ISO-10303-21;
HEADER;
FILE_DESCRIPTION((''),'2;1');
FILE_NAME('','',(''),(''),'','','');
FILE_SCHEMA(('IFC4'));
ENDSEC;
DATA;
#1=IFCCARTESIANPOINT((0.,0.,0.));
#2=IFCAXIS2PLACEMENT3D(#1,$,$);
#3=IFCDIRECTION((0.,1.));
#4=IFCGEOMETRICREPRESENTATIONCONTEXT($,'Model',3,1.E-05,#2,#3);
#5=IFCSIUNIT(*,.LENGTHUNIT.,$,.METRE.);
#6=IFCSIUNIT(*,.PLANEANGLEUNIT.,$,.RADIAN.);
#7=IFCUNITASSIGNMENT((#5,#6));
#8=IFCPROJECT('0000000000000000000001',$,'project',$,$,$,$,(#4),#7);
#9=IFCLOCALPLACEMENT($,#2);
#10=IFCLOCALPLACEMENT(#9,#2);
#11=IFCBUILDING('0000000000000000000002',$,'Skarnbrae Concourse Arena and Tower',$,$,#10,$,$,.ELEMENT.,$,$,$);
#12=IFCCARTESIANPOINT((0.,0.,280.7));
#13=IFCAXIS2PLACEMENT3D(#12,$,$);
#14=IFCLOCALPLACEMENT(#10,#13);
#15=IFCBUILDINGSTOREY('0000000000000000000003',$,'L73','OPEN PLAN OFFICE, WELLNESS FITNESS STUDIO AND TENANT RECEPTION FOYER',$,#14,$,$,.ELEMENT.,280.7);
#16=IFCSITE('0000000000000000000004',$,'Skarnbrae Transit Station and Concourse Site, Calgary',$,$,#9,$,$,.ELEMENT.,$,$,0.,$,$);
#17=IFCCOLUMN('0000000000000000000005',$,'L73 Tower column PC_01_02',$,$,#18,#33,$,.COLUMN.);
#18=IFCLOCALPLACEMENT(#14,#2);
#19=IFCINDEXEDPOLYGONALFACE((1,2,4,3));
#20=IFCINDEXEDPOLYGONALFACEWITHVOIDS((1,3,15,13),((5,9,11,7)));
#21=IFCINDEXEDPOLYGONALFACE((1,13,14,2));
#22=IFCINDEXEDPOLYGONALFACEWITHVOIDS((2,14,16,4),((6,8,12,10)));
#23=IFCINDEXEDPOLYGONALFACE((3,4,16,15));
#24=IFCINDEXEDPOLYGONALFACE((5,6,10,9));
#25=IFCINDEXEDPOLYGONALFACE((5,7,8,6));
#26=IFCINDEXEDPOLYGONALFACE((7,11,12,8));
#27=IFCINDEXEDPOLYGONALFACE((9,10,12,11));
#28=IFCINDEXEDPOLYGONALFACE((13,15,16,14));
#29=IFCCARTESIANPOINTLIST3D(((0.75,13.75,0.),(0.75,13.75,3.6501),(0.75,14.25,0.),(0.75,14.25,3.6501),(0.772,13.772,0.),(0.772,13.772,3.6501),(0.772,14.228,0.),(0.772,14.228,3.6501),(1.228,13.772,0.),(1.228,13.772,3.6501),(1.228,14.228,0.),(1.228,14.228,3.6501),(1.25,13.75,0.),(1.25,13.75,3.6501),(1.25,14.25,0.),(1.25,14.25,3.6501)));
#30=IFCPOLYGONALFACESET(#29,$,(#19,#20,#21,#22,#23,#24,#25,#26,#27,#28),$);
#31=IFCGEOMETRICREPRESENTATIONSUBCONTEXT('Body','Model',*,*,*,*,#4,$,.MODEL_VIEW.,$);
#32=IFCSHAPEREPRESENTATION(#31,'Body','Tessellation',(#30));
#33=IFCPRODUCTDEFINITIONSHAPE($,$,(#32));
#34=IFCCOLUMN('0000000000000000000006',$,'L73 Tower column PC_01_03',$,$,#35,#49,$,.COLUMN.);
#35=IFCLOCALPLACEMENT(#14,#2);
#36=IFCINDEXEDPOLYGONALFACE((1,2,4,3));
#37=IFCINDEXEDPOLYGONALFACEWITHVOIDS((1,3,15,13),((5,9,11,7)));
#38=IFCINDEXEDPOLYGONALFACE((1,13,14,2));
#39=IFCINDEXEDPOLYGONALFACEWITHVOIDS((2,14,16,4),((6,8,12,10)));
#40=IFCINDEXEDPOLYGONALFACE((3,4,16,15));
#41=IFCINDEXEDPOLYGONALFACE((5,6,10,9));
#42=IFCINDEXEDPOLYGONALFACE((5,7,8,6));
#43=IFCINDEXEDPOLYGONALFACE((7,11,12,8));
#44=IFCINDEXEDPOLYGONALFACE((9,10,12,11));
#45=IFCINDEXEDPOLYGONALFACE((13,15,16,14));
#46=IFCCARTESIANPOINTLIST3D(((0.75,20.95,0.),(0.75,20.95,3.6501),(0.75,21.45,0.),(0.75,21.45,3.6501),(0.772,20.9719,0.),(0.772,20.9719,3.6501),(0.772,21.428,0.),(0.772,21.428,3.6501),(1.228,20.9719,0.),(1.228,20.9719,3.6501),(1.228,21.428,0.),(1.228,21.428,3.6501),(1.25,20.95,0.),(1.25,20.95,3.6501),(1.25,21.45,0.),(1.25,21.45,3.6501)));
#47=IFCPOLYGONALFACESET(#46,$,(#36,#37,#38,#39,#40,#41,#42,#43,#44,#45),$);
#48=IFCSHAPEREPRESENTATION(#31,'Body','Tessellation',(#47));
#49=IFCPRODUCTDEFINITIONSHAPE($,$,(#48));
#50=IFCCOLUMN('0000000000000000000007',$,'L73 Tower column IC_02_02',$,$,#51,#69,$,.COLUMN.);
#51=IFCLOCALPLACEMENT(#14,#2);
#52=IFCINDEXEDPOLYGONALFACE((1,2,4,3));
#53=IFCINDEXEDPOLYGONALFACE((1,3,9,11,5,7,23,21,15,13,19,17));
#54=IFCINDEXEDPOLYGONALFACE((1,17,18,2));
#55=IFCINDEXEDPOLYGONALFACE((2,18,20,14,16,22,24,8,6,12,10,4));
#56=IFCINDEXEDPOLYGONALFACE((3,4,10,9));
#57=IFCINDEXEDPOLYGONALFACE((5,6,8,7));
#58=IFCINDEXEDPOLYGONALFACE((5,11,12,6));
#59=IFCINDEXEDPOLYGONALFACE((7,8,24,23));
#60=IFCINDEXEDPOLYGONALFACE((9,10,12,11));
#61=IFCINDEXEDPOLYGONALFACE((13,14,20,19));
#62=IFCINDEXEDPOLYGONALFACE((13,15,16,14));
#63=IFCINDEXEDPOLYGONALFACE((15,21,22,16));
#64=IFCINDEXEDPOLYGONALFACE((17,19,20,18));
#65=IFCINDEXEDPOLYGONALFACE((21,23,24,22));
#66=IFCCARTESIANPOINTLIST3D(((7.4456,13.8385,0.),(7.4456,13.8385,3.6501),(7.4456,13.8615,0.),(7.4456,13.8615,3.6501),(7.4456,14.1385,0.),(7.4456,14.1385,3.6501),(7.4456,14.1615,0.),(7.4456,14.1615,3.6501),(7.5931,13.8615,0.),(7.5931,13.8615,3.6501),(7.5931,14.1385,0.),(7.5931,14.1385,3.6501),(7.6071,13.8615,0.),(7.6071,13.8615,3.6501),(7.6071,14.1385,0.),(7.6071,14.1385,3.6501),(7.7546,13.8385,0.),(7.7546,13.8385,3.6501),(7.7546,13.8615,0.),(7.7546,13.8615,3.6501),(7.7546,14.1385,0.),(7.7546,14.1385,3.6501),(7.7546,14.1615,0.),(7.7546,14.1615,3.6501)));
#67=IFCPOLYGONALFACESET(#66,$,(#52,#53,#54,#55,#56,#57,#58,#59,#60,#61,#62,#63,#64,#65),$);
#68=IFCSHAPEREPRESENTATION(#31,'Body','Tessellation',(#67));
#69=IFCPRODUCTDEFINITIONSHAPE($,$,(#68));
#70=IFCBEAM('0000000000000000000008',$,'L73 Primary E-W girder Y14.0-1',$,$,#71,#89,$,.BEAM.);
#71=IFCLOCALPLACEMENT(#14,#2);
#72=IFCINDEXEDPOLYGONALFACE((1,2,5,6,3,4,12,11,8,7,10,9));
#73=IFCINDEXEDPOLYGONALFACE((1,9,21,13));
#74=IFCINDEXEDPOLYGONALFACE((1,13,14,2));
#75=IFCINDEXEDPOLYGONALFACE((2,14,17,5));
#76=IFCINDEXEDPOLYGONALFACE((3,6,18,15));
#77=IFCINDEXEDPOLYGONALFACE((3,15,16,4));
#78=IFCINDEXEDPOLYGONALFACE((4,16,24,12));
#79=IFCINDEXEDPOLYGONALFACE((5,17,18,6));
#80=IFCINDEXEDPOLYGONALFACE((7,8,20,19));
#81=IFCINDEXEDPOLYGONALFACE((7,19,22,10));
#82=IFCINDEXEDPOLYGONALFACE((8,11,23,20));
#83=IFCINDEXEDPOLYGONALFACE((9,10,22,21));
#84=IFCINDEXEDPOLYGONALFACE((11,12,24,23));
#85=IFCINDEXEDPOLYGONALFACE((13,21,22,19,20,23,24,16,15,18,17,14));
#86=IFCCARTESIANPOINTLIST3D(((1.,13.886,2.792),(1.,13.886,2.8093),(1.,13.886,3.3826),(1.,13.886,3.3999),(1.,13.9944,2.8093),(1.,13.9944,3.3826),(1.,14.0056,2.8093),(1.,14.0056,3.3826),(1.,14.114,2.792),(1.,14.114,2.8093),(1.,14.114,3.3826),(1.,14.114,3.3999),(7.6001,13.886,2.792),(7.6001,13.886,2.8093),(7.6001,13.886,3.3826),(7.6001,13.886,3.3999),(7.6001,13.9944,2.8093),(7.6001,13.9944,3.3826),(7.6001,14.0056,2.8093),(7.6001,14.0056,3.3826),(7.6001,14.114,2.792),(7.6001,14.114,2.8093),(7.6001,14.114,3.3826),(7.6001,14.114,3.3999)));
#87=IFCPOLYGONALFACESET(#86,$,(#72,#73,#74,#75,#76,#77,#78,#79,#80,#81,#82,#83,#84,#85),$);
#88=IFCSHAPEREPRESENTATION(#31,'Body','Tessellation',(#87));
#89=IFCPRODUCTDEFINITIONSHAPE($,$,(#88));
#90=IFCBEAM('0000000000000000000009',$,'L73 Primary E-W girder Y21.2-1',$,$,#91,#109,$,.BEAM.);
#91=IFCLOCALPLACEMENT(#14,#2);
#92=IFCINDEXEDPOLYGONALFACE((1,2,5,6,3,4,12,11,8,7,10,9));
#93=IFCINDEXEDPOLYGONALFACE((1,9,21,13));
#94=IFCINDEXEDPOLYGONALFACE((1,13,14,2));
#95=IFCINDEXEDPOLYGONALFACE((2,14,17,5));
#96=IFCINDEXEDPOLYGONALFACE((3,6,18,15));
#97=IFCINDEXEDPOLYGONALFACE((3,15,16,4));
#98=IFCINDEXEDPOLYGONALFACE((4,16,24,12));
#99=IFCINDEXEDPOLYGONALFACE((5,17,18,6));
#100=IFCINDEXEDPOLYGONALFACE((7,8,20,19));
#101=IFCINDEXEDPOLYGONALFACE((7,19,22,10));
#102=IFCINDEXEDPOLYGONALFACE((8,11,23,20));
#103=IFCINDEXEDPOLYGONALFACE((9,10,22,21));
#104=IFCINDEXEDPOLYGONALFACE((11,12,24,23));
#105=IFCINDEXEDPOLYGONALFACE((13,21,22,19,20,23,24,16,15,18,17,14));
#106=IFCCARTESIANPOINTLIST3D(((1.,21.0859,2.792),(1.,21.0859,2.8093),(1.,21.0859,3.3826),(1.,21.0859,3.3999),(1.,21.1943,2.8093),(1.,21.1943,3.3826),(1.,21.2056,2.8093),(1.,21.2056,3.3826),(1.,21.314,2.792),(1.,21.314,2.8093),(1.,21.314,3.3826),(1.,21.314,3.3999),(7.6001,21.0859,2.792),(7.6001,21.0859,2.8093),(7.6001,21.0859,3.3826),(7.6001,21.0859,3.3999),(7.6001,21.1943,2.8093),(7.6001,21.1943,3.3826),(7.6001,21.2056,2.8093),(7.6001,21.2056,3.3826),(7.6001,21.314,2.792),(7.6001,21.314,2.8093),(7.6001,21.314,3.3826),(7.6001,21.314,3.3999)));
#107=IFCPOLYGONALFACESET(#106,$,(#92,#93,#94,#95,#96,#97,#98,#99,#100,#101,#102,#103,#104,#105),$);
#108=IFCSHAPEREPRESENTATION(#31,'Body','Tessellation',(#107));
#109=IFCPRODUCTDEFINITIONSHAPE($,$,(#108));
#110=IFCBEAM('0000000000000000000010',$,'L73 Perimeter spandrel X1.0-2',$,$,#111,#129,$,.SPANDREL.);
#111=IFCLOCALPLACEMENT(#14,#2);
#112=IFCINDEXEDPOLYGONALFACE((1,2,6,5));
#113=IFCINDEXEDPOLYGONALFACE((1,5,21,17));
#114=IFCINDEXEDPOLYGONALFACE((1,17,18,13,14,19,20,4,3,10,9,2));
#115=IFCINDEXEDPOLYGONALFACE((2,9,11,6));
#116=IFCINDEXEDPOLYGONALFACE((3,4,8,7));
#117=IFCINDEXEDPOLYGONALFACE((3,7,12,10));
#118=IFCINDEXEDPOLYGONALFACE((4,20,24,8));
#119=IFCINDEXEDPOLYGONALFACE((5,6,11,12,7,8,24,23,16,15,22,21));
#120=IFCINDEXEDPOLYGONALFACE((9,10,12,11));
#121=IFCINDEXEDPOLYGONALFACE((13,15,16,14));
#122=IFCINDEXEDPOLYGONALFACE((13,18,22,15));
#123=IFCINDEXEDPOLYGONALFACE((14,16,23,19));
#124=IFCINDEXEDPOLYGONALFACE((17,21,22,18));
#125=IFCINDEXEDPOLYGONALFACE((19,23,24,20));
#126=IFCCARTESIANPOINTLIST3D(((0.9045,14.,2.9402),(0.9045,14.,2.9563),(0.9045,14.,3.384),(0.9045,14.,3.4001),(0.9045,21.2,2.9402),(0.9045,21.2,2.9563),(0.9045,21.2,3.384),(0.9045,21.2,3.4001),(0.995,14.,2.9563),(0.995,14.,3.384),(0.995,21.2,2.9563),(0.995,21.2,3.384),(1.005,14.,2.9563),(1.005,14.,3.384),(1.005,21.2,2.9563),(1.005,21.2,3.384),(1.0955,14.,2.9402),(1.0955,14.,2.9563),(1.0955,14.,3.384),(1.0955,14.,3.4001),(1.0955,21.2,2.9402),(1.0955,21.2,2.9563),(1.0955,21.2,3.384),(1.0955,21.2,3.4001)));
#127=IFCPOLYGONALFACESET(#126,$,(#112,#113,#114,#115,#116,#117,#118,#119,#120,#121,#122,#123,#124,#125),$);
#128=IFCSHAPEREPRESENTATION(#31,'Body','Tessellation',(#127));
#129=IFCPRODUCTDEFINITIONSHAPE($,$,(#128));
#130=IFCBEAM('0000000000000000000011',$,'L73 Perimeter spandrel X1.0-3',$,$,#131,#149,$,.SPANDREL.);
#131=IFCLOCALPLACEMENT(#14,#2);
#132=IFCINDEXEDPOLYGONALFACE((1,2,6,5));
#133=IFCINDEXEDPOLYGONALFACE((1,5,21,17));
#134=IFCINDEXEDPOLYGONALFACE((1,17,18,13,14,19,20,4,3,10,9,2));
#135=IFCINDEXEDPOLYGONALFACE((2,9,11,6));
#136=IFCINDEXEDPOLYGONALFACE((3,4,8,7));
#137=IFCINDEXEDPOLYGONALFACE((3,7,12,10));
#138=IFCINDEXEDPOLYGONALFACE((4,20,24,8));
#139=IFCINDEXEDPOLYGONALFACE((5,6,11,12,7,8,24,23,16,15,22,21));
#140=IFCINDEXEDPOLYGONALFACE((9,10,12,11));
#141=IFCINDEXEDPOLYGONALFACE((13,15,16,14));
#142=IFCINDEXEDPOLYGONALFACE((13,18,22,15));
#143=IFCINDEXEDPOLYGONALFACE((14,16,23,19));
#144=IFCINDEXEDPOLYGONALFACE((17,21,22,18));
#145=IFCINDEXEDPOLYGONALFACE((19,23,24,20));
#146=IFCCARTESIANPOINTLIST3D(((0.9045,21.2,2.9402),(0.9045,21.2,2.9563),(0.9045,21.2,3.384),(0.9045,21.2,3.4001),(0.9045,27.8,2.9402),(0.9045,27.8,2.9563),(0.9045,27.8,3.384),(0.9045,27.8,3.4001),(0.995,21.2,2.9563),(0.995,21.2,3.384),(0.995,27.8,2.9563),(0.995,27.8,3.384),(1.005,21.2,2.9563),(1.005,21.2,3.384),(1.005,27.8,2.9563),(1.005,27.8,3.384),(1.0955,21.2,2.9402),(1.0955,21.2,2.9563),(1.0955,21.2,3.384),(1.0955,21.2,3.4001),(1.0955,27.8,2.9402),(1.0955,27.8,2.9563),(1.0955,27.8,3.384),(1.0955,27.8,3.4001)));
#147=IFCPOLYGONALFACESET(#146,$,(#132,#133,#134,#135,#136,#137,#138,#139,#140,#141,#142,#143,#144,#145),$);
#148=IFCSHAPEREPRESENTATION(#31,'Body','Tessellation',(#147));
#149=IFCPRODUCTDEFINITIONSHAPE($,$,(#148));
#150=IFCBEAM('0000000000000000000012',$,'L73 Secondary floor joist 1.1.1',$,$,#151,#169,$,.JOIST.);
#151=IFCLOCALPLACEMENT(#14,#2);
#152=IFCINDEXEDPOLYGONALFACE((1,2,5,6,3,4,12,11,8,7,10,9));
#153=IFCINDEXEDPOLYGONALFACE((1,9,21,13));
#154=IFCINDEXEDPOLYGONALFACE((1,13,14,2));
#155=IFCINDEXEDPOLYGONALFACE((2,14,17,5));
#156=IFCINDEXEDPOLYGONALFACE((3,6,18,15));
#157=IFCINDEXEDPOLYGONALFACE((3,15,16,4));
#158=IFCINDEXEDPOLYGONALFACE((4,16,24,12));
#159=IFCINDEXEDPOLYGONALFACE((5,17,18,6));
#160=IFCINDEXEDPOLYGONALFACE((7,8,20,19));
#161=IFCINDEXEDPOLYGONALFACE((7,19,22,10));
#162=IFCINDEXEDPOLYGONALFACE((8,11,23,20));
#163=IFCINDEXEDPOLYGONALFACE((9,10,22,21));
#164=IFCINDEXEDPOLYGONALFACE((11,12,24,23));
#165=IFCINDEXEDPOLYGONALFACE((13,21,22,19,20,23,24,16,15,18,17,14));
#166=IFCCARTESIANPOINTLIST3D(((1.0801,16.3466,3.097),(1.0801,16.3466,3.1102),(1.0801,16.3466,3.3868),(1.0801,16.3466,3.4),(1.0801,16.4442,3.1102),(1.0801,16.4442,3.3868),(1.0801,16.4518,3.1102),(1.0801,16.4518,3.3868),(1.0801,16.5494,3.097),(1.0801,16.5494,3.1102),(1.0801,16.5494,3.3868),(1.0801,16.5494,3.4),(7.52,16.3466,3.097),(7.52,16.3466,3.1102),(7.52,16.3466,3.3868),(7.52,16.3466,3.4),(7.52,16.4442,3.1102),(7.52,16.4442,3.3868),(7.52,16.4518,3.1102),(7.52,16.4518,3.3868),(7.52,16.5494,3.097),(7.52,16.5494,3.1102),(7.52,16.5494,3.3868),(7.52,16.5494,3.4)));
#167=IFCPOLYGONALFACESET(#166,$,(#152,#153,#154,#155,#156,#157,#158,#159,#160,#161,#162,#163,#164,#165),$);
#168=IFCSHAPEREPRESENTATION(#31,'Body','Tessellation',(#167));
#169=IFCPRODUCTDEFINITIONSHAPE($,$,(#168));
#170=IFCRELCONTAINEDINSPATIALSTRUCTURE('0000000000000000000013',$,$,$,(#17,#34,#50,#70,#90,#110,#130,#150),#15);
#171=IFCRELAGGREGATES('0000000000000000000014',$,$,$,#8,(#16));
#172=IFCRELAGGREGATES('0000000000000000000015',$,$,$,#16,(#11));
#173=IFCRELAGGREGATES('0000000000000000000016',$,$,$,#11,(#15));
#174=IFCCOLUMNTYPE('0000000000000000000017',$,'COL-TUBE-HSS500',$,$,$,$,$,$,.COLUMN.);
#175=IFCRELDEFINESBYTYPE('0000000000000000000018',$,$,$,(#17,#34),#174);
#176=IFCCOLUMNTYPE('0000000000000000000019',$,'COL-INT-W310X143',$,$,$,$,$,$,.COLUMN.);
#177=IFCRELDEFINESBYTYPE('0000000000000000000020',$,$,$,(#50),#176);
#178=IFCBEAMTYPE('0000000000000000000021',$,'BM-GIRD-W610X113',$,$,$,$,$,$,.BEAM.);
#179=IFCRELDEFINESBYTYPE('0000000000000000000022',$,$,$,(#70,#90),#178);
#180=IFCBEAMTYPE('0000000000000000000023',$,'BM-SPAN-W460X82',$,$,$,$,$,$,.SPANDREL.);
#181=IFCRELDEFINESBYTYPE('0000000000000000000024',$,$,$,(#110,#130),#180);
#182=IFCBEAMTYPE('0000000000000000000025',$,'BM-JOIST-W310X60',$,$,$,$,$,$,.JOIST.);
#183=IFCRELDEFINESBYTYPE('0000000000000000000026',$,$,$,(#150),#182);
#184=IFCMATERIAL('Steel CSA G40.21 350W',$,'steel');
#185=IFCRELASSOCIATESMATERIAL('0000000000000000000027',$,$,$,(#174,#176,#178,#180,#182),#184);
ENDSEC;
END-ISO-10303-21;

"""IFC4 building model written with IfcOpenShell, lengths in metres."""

from ifc_helpers import new_model, si_unit, direction, frame, origin, origin_2d, place, context, subcontext, project, spatial, hollow_rectangle, i_section, extrude, source, transform, mapped, material, material_profile, profile_set, type_object, element, save


model = new_model("IFC4")

# Units and contexts
model_context = context("Model", 3, precision=1e-05, world=origin(), true_north=direction((0.0, 1.0)))
body_context = subcontext(model_context, "Body", "Model", "MODEL_VIEW")
ifc_project = project(units=[si_unit("LENGTHUNIT", "METRE"), si_unit("PLANEANGLEUNIT", "RADIAN")], contexts=[model_context])

# Site, building, storey
site_placement = place(None, origin())
site = spatial("IfcSite", under=ifc_project, at=site_placement, Name="Skarnbrae Transit Station and Concourse Site, Calgary", CompositionType="ELEMENT", RefElevation=0.0)
building_placement = place(site_placement, origin())
building = spatial("IfcBuilding", under=site, at=building_placement, Name="Skarnbrae Concourse Arena and Tower", CompositionType="ELEMENT")
storey_placement = place(building_placement, frame((0.0, 0.0, 280.7)))
storey = spatial("IfcBuildingStorey", under=building, at=storey_placement, Name="L73", Description="OPEN PLAN OFFICE, WELLNESS FITNESS STUDIO AND TENANT RECEPTION FOYER", CompositionType="ELEMENT", Elevation=280.7)

# Columns
ifc_material_1 = material(Name="Steel CSA G40.21 350W", Category="steel")
ifc_material_profile_1 = material_profile(ifc_material_1, hollow_rectangle(XDim=0.5, YDim=0.5, WallThickness=0.022, at=origin_2d()), Name="HSS500X500X22.0")
ifc_profile_set_1 = profile_set([ifc_material_profile_1], Name="Steel CSA G40.21 350W")
column_type_1 = type_object("IfcColumnType", Name="COL-TUBE-HSS500", PredefinedType="COLUMN", material=ifc_profile_set_1)
shared_shape_1 = source(origin(), body_context, "Body", "SweptSolid", [
    extrude(hollow_rectangle(XDim=0.5, YDim=0.5, WallThickness=0.022, at=origin_2d()), origin(), (0.0, 0.0, 1.0), 3.6501),
])
for number, where, z_axis, x_axis, name in (
    (1, (1.0, 14.0, 0.0), (0.0, 0.0, 1.0), (1.0, 0.0, 0.0), "L73 Tower column PC_01_02"),
    (2, (1.0, 21.2, 0.0), (0.0, 0.0, 1.0), (1.0, 0.0, 0.0), "L73 Tower column PC_01_03"),
):
    element("IfcColumn", number, at=place(storey_placement, frame(where, z_axis=z_axis, x_axis=x_axis)), inside=storey, type_object=column_type_1, Name=name, PredefinedType="COLUMN", context=body_context, shape_type="MappedRepresentation", body=[
        mapped(shared_shape_1, transform((0.0, 0.0, 0.0))),
    ])
ifc_material_profile_2 = material_profile(ifc_material_1, i_section(OverallWidth=0.3091, OverallDepth=0.323, WebThickness=0.0139, FlangeThickness=0.0229, at=origin_2d()), Name="W310X143")
ifc_profile_set_2 = profile_set([ifc_material_profile_2], Name="Steel CSA G40.21 350W")
column_type_2 = type_object("IfcColumnType", Name="COL-INT-W310X143", PredefinedType="COLUMN", material=ifc_profile_set_2)
shared_shape_2 = source(origin(), body_context, "Body", "SweptSolid", [
    extrude(i_section(OverallWidth=0.3091, OverallDepth=0.323, WebThickness=0.0139, FlangeThickness=0.0229, at=origin_2d()), origin(), (0.0, 0.0, 1.0), 3.6501),
])
column_placement = place(storey_placement, frame((7.6001, 14.0, 0.0), z_axis=(0.0, 0.0, 1.0), x_axis=(1.0, 0.0, 0.0)))
element("IfcColumn", 3, at=column_placement, inside=storey, type_object=column_type_2, Name="L73 Tower column IC_02_02", PredefinedType="COLUMN", context=body_context, shape_type="MappedRepresentation", body=[
    mapped(shared_shape_2, transform((0.0, 0.0, 0.0))),
])

# Beams
ifc_material_profile_3 = material_profile(ifc_material_1, i_section(OverallWidth=0.228, OverallDepth=0.6079, WebThickness=0.0112, FlangeThickness=0.0173, at=origin_2d()), Name="W610X113")
ifc_profile_set_3 = profile_set([ifc_material_profile_3], Name="Steel CSA G40.21 350W")
beam_type_1 = type_object("IfcBeamType", Name="BM-GIRD-W610X113", PredefinedType="BEAM", material=ifc_profile_set_3)
shared_shape_3 = source(origin(), body_context, "Body", "SweptSolid", [
    extrude(i_section(OverallWidth=0.228, OverallDepth=0.6079, WebThickness=0.0112, FlangeThickness=0.0173, at=origin_2d()), origin(), (0.0, 0.0, 1.0), 6.6001),
])
for number, where, z_axis, x_axis, name in (
    (4, (1.0, 14.0, 3.0959), (1.0, 0.0, 0.0), (0.0, 1.0, 0.0), "L73 Primary E-W girder Y14.0-1"),
    (5, (1.0, 21.2, 3.0959), (1.0, 0.0, 0.0), (0.0, 1.0, 0.0), "L73 Primary E-W girder Y21.2-1"),
):
    element("IfcBeam", number, at=place(storey_placement, frame(where, z_axis=z_axis, x_axis=x_axis)), inside=storey, type_object=beam_type_1, Name=name, PredefinedType="BEAM", context=body_context, shape_type="MappedRepresentation", body=[
        mapped(shared_shape_3, transform((0.0, 0.0, 0.0))),
    ])
ifc_material_profile_4 = material_profile(ifc_material_1, i_section(OverallWidth=0.1909, OverallDepth=0.46, WebThickness=0.01, FlangeThickness=0.0161, at=origin_2d()), Name="W460X82")
ifc_profile_set_4 = profile_set([ifc_material_profile_4], Name="Steel CSA G40.21 350W")
beam_type_2 = type_object("IfcBeamType", Name="BM-SPAN-W460X82", PredefinedType="SPANDREL", material=ifc_profile_set_4)
shared_shape_4 = source(origin(), body_context, "Body", "SweptSolid", [
    extrude(i_section(OverallWidth=0.1909, OverallDepth=0.46, WebThickness=0.01, FlangeThickness=0.0161, at=origin_2d()), origin(), (0.0, 0.0, 1.0), 7.2),
])
beam_1_placement = place(storey_placement, frame((1.0, 14.0, 3.1702), z_axis=(0.0, 1.0, 0.0), x_axis=(-1.0, 0.0, 0.0)))
element("IfcBeam", 6, at=beam_1_placement, inside=storey, type_object=beam_type_2, Name="L73 Perimeter spandrel X1.0-2", PredefinedType="SPANDREL", context=body_context, shape_type="MappedRepresentation", body=[
    mapped(shared_shape_4, transform((0.0, 0.0, 0.0))),
])
shared_shape_5 = source(origin(), body_context, "Body", "SweptSolid", [
    extrude(i_section(OverallWidth=0.1909, OverallDepth=0.46, WebThickness=0.01, FlangeThickness=0.0161, at=origin_2d()), origin(), (0.0, 0.0, 1.0), 6.6001),
])
beam_2_placement = place(storey_placement, frame((1.0, 21.2, 3.1702), z_axis=(0.0, 1.0, 0.0), x_axis=(-1.0, 0.0, 0.0)))
element("IfcBeam", 7, at=beam_2_placement, inside=storey, type_object=beam_type_2, Name="L73 Perimeter spandrel X1.0-3", PredefinedType="SPANDREL", context=body_context, shape_type="MappedRepresentation", body=[
    mapped(shared_shape_5, transform((0.0, 0.0, 0.0))),
])
ifc_material_profile_5 = material_profile(ifc_material_1, i_section(OverallWidth=0.2029, OverallDepth=0.303, WebThickness=0.0076, FlangeThickness=0.0132, at=origin_2d()), Name="W310X60")
ifc_profile_set_5 = profile_set([ifc_material_profile_5], Name="Steel CSA G40.21 350W")
beam_type_3 = type_object("IfcBeamType", Name="BM-JOIST-W310X60", PredefinedType="JOIST", material=ifc_profile_set_5)
shared_shape_6 = source(origin(), body_context, "Body", "SweptSolid", [
    extrude(i_section(OverallWidth=0.2029, OverallDepth=0.303, WebThickness=0.0076, FlangeThickness=0.0132, at=origin_2d()), origin(), (0.0, 0.0, 1.0), 6.4399),
])
for number, where, z_axis, x_axis, name in (
    (8, (1.0801, 16.448, 3.2485), (1.0, 0.0, 0.0), (0.0, 1.0, 0.0), "L73 Secondary floor joist 1.1.1"),
):
    element("IfcBeam", number, at=place(storey_placement, frame(where, z_axis=z_axis, x_axis=x_axis)), inside=storey, type_object=beam_type_3, Name=name, PredefinedType="JOIST", context=body_context, shape_type="MappedRepresentation", body=[
        mapped(shared_shape_6, transform((0.0, 0.0, 0.0))),
    ])

save(model, "model.ifc")
